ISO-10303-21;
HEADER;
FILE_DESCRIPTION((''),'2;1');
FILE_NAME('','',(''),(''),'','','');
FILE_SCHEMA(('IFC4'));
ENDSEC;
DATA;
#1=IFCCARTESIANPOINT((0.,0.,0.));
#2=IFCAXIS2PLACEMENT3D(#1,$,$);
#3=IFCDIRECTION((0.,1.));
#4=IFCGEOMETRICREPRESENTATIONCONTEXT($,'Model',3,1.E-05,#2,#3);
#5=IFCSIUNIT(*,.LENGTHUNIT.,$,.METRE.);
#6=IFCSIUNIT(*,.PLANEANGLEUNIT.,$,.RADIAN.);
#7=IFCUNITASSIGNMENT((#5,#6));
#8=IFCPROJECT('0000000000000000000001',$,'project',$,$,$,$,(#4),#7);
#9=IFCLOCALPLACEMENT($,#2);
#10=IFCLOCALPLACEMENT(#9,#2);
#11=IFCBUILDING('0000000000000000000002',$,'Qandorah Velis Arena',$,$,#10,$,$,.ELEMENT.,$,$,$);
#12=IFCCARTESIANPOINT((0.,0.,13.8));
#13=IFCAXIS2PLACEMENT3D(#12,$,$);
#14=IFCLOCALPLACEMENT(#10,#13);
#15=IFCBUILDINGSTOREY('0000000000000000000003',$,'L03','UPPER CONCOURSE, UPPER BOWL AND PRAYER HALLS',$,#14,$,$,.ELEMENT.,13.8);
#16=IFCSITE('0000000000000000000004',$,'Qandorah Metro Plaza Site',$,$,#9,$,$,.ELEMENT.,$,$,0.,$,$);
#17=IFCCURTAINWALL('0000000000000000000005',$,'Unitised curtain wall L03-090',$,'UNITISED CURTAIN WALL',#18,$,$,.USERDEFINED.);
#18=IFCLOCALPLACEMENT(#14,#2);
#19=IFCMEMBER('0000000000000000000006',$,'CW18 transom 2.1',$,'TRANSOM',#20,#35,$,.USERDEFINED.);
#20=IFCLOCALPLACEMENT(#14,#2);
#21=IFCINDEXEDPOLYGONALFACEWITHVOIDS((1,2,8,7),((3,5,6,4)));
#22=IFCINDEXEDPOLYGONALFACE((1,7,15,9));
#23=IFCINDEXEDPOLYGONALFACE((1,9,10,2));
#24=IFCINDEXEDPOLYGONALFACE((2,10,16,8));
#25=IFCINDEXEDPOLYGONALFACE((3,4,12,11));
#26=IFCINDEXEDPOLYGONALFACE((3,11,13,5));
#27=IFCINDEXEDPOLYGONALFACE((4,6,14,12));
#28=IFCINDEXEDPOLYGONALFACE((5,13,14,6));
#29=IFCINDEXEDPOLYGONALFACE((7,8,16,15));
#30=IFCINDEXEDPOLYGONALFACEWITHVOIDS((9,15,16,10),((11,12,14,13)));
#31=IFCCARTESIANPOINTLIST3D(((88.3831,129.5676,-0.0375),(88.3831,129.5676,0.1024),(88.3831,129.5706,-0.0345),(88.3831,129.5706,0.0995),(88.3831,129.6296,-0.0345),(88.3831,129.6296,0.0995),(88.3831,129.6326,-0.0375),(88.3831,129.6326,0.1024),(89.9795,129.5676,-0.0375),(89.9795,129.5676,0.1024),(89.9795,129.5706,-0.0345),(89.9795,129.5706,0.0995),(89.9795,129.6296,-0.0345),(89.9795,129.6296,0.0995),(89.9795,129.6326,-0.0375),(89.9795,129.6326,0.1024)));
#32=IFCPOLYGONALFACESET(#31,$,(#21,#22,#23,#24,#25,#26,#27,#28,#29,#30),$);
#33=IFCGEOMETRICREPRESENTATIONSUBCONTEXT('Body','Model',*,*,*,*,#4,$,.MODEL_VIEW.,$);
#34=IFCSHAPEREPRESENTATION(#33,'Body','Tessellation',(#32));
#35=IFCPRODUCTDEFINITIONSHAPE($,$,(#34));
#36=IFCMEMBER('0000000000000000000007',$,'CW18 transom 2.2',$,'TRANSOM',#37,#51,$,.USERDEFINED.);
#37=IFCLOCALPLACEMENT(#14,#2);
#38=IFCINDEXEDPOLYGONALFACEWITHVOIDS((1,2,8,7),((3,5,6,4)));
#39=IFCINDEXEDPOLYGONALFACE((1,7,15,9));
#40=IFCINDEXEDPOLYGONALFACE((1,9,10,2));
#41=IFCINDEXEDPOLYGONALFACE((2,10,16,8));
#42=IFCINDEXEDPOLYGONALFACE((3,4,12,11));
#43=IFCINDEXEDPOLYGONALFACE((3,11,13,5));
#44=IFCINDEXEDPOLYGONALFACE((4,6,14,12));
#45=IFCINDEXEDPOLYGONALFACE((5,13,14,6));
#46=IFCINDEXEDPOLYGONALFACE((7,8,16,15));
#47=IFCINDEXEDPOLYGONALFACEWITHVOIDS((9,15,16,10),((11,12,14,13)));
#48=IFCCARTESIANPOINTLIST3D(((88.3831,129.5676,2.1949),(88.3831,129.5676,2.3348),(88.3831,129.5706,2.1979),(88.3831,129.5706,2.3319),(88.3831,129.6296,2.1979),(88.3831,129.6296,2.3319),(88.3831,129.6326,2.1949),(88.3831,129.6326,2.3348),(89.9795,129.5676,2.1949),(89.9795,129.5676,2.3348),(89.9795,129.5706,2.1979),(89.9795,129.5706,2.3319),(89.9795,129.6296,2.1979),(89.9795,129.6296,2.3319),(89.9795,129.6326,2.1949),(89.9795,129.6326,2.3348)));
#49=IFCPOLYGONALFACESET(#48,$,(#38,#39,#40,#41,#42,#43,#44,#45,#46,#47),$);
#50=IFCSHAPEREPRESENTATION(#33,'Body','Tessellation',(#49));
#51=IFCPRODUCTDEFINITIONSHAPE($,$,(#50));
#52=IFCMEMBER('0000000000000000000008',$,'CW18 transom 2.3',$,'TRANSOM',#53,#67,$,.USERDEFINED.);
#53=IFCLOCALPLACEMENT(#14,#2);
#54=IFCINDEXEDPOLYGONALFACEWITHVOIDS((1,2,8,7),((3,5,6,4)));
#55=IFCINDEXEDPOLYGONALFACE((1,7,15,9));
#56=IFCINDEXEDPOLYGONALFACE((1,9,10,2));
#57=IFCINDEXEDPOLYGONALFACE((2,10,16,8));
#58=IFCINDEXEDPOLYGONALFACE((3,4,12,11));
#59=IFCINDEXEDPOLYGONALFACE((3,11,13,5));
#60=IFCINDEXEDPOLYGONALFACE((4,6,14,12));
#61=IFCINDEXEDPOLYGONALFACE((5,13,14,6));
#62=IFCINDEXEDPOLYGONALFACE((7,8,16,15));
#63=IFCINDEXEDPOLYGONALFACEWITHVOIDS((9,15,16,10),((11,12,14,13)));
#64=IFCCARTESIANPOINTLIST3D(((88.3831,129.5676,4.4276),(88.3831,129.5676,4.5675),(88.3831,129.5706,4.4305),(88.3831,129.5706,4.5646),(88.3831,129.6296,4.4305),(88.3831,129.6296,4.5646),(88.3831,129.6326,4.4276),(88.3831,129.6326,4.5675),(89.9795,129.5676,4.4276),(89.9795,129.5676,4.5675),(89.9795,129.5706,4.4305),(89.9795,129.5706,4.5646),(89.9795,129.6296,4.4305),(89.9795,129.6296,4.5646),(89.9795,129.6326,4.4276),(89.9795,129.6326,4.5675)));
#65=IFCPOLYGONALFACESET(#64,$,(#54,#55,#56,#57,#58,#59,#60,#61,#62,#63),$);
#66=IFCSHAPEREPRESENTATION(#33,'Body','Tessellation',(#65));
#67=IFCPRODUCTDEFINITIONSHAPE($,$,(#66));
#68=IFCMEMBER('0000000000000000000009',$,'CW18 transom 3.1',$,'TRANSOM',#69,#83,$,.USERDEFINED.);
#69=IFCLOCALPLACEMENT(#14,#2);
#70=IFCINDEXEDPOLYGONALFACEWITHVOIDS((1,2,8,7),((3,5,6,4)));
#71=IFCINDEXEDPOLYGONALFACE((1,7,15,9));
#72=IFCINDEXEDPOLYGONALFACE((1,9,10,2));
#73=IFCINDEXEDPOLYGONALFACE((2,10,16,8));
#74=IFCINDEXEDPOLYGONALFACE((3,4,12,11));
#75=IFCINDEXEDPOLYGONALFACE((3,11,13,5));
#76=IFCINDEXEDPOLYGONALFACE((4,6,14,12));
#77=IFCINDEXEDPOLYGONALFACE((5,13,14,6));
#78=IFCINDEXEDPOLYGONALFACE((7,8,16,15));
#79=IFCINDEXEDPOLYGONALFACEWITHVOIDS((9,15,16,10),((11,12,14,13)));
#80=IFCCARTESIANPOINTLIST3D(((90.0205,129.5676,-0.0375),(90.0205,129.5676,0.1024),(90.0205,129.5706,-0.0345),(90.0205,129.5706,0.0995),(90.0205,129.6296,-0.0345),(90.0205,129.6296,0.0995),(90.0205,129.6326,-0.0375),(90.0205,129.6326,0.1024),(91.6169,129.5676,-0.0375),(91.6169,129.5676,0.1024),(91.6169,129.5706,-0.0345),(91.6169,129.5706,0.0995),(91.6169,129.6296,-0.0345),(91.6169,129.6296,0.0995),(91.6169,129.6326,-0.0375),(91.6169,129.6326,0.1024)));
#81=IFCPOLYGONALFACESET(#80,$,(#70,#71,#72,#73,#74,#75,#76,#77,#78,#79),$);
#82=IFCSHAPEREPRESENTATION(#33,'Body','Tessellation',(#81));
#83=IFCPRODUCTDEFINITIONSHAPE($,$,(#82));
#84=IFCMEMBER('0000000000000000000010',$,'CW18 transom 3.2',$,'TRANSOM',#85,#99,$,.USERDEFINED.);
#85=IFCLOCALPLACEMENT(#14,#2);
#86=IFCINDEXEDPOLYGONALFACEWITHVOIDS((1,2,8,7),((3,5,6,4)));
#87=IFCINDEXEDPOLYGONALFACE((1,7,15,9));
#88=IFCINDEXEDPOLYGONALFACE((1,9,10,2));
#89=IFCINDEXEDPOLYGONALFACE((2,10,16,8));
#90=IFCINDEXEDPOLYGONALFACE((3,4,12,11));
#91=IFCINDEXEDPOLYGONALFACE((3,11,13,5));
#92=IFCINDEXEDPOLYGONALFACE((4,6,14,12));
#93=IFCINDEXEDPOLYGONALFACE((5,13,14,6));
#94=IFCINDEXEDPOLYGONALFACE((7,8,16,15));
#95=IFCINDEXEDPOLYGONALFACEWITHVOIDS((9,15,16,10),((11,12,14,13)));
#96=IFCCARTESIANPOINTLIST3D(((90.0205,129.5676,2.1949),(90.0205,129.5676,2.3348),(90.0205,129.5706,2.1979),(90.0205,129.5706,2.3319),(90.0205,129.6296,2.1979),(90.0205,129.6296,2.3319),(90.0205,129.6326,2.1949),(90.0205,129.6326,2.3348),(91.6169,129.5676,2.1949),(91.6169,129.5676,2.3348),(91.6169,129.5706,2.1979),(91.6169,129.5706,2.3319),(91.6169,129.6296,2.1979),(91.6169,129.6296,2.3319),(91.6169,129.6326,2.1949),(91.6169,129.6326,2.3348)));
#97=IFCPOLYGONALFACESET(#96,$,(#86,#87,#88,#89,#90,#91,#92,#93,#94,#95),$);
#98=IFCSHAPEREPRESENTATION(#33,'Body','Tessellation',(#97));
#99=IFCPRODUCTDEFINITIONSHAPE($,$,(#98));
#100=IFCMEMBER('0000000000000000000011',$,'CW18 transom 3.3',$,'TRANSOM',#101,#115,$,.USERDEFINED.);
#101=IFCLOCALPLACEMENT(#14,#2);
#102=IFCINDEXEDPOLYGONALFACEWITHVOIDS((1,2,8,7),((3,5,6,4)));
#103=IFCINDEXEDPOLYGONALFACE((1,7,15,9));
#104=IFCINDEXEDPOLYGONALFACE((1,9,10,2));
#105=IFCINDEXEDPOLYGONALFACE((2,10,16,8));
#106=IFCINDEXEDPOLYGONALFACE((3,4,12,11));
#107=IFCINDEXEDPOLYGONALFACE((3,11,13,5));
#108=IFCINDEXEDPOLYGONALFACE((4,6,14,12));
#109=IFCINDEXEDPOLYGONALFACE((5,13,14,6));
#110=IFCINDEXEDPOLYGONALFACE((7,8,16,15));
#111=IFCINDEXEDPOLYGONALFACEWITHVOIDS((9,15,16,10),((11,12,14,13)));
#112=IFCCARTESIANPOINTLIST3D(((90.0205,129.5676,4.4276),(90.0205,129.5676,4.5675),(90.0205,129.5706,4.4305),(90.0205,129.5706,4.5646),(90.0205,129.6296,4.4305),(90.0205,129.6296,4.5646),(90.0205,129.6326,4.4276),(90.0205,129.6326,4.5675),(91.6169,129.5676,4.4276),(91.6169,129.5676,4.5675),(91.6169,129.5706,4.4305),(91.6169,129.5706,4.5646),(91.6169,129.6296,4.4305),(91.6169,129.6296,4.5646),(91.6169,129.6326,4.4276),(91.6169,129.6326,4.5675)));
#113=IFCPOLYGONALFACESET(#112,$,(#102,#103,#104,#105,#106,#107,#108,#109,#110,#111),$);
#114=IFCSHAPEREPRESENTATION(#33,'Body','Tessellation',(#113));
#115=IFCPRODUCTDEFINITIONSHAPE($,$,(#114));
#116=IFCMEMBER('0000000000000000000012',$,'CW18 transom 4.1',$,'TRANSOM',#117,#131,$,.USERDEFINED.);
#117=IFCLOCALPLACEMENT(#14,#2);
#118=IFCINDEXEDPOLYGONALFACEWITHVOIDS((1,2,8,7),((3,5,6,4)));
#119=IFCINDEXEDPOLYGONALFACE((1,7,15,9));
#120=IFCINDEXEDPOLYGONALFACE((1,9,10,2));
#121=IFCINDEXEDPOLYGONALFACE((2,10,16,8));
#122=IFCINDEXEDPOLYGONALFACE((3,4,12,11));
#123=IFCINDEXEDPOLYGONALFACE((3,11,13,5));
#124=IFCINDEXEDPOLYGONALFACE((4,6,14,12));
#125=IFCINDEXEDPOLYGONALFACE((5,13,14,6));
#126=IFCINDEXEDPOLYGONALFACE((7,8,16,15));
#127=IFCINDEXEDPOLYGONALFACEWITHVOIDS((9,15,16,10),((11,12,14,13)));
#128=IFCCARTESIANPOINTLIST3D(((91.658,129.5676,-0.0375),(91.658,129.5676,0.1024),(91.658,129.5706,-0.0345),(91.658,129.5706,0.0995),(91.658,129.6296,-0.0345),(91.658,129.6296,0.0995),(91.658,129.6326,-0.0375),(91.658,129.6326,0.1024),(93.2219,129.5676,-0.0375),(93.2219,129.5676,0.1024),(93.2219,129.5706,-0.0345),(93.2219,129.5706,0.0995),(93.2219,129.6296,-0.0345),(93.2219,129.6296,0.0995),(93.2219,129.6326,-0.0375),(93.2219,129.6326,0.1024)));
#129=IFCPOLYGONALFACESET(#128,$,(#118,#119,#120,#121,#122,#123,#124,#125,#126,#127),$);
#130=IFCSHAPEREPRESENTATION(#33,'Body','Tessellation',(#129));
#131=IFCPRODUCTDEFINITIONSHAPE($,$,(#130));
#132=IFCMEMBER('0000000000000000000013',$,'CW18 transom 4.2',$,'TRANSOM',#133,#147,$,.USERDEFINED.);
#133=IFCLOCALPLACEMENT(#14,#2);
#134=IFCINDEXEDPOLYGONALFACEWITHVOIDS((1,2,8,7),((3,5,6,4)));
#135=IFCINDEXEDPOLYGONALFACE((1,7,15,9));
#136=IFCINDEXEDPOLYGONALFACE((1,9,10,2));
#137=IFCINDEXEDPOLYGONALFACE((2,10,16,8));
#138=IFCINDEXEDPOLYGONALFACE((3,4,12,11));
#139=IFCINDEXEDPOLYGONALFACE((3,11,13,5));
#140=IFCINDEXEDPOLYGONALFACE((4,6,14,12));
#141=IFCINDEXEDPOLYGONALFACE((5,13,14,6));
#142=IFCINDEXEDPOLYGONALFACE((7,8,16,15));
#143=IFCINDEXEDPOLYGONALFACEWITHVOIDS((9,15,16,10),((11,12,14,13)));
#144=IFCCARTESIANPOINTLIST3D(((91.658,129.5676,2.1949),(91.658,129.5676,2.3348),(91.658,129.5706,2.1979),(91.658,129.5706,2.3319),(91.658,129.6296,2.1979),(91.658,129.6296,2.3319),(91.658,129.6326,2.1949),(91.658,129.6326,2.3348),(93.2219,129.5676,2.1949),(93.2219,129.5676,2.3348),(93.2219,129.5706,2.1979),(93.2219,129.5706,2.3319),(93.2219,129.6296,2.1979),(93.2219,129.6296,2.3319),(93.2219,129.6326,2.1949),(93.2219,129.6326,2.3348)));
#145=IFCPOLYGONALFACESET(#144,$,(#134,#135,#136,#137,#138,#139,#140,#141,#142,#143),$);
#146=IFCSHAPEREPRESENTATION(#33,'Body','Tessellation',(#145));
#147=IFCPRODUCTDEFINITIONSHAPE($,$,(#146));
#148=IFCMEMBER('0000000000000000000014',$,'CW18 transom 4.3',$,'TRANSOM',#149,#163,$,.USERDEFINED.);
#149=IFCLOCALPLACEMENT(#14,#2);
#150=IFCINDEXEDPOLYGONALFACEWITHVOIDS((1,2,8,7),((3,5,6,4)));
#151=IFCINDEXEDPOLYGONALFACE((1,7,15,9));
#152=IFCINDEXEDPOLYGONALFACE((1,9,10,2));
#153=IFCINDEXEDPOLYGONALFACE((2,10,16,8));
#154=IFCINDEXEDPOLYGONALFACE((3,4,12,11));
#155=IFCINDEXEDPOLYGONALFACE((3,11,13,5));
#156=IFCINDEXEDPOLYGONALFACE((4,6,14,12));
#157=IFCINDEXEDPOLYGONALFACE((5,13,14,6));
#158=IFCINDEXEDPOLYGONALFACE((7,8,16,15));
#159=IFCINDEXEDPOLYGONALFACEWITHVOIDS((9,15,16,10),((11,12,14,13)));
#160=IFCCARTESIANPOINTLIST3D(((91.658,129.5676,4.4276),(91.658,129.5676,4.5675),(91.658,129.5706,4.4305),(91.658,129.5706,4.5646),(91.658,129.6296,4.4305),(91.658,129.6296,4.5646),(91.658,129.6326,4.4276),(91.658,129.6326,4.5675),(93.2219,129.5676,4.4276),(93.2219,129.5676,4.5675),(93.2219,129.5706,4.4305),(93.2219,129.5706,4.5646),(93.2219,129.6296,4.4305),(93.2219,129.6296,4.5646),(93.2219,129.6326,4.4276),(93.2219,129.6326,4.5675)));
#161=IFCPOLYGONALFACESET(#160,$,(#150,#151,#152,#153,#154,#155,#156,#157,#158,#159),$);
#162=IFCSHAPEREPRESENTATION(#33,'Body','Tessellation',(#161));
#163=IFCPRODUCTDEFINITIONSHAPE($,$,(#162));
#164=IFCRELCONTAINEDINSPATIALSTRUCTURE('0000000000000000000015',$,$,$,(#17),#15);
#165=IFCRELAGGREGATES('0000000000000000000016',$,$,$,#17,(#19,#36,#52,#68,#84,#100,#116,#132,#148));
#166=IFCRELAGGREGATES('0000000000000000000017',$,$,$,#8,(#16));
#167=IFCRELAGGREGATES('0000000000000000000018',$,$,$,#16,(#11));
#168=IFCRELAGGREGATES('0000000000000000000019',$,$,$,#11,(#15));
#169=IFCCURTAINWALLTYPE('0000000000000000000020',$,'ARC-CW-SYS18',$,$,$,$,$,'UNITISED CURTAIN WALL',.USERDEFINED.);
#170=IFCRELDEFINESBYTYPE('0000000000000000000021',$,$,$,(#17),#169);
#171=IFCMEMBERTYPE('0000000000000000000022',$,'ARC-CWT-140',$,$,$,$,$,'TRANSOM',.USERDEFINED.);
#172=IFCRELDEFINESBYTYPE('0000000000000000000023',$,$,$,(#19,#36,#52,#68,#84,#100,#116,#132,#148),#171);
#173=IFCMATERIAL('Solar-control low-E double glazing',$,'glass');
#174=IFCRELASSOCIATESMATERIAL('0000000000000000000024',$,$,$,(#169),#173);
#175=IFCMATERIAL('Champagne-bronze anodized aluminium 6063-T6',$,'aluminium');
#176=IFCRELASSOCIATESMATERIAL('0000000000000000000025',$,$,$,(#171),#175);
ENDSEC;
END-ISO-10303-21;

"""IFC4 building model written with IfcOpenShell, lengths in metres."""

from ifc_helpers import new_model, si_unit, direction, frame, origin, origin_2d, place, context, subcontext, project, spatial, hollow_rectangle, extrude, material, material_profile, profile_set, type_object, element, aggregate, save


model = new_model("IFC4")

# Units and contexts
model_context = context("Model", 3, precision=1e-05, world=origin(), true_north=direction((0.0, 1.0)))
body_context = subcontext(model_context, "Body", "Model", "MODEL_VIEW")
ifc_project = project(units=[si_unit("LENGTHUNIT", "METRE"), si_unit("PLANEANGLEUNIT", "RADIAN")], contexts=[model_context])

# Site, building, storey
site_placement = place(None, origin())
site = spatial("IfcSite", under=ifc_project, at=site_placement, Name="Qandorah Metro Plaza Site", CompositionType="ELEMENT", RefElevation=0.0)
building_placement = place(site_placement, origin())
building = spatial("IfcBuilding", under=site, at=building_placement, Name="Qandorah Velis Arena", CompositionType="ELEMENT")
storey_placement = place(building_placement, frame((0.0, 0.0, 13.8)))
storey = spatial("IfcBuildingStorey", under=building, at=storey_placement, Name="L03", Description="UPPER CONCOURSE, UPPER BOWL AND PRAYER HALLS", CompositionType="ELEMENT", Elevation=13.8)

# Curtain wall, members
ifc_material_1 = material(Name="Solar-control low-E double glazing", Category="glass")
curtain_wall_type = type_object("IfcCurtainWallType", Name="ARC-CW-SYS18", ElementType="UNITISED CURTAIN WALL", PredefinedType="USERDEFINED", material=ifc_material_1)
curtain_wall_placement = place(storey_placement, origin())
curtain_wall = element("IfcCurtainWall", 1, at=curtain_wall_placement, inside=storey, type_object=curtain_wall_type, Name="Unitised curtain wall L03-090", ObjectType="UNITISED CURTAIN WALL", PredefinedType="USERDEFINED")
ifc_material_2 = material(Name="Champagne-bronze anodized aluminium 6063-T6", Category="aluminium")
ifc_material_profile_1 = material_profile(ifc_material_2, hollow_rectangle(XDim=0.0649, YDim=0.1399, WallThickness=0.0029, at=origin_2d()), Name="ALU TRANSOM 65x140")
ifc_profile_set_1 = profile_set([ifc_material_profile_1], Name="Champagne-bronze anodized aluminium 6063-T6")
member_type_1 = type_object("IfcMemberType", Name="ARC-CWT-140", ElementType="TRANSOM", PredefinedType="USERDEFINED", material=ifc_profile_set_1)
member_1_placement = place(storey_placement, frame((88.3831, 129.6001, 0.0325), z_axis=(1.0, 0.0, 0.0), x_axis=(0.0, 1.0, 0.0)))
member_1 = element("IfcMember", 2, at=member_1_placement, type_object=member_type_1, Name="CW18 transom 2.1", ObjectType="TRANSOM", PredefinedType="USERDEFINED", context=body_context, shape_type="SweptSolid", body=[
    extrude(hollow_rectangle(XDim=0.0649, YDim=0.1399, WallThickness=0.0029, at=origin_2d()), origin(), (0.0, 0.0, 1.0), 1.5964),
])
member_2_placement = place(storey_placement, frame((88.3831, 129.6001, 2.2649), z_axis=(1.0, 0.0, 0.0), x_axis=(0.0, 1.0, 0.0)))
member_2 = element("IfcMember", 3, at=member_2_placement, type_object=member_type_1, Name="CW18 transom 2.2", ObjectType="TRANSOM", PredefinedType="USERDEFINED", context=body_context, shape_type="SweptSolid", body=[
    extrude(hollow_rectangle(XDim=0.0649, YDim=0.1399, WallThickness=0.0029, at=origin_2d()), origin(), (0.0, 0.0, 1.0), 1.5964),
])
member_3_placement = place(storey_placement, frame((88.3831, 129.6001, 4.4976), z_axis=(1.0, 0.0, 0.0), x_axis=(0.0, 1.0, 0.0)))
member_3 = element("IfcMember", 4, at=member_3_placement, type_object=member_type_1, Name="CW18 transom 2.3", ObjectType="TRANSOM", PredefinedType="USERDEFINED", context=body_context, shape_type="SweptSolid", body=[
    extrude(hollow_rectangle(XDim=0.0649, YDim=0.1399, WallThickness=0.0029, at=origin_2d()), origin(), (0.0, 0.0, 1.0), 1.5964),
])
member_4_placement = place(storey_placement, frame((90.0205, 129.6001, 0.0325), z_axis=(1.0, 0.0, 0.0), x_axis=(0.0, 1.0, 0.0)))
member_4 = element("IfcMember", 5, at=member_4_placement, type_object=member_type_1, Name="CW18 transom 3.1", ObjectType="TRANSOM", PredefinedType="USERDEFINED", context=body_context, shape_type="SweptSolid", body=[
    extrude(hollow_rectangle(XDim=0.0649, YDim=0.1399, WallThickness=0.0029, at=origin_2d()), origin(), (0.0, 0.0, 1.0), 1.5964),
])
member_5_placement = place(storey_placement, frame((90.0205, 129.6001, 2.2649), z_axis=(1.0, 0.0, 0.0), x_axis=(0.0, 1.0, 0.0)))
member_5 = element("IfcMember", 6, at=member_5_placement, type_object=member_type_1, Name="CW18 transom 3.2", ObjectType="TRANSOM", PredefinedType="USERDEFINED", context=body_context, shape_type="SweptSolid", body=[
    extrude(hollow_rectangle(XDim=0.0649, YDim=0.1399, WallThickness=0.0029, at=origin_2d()), origin(), (0.0, 0.0, 1.0), 1.5964),
])
member_6_placement = place(storey_placement, frame((90.0205, 129.6001, 4.4976), z_axis=(1.0, 0.0, 0.0), x_axis=(0.0, 1.0, 0.0)))
member_6 = element("IfcMember", 7, at=member_6_placement, type_object=member_type_1, Name="CW18 transom 3.3", ObjectType="TRANSOM", PredefinedType="USERDEFINED", context=body_context, shape_type="SweptSolid", body=[
    extrude(hollow_rectangle(XDim=0.0649, YDim=0.1399, WallThickness=0.0029, at=origin_2d()), origin(), (0.0, 0.0, 1.0), 1.5964),
])
member_7_placement = place(storey_placement, frame((91.658, 129.6001, 0.0325), z_axis=(1.0, 0.0, 0.0), x_axis=(0.0, 1.0, 0.0)))
member_7 = element("IfcMember", 8, at=member_7_placement, type_object=member_type_1, Name="CW18 transom 4.1", ObjectType="TRANSOM", PredefinedType="USERDEFINED", context=body_context, shape_type="SweptSolid", body=[
    extrude(hollow_rectangle(XDim=0.0649, YDim=0.1399, WallThickness=0.0029, at=origin_2d()), origin(), (0.0, 0.0, 1.0), 1.564),
])
member_8_placement = place(storey_placement, frame((91.658, 129.6001, 2.2649), z_axis=(1.0, 0.0, 0.0), x_axis=(0.0, 1.0, 0.0)))
member_8 = element("IfcMember", 9, at=member_8_placement, type_object=member_type_1, Name="CW18 transom 4.2", ObjectType="TRANSOM", PredefinedType="USERDEFINED", context=body_context, shape_type="SweptSolid", body=[
    extrude(hollow_rectangle(XDim=0.0649, YDim=0.1399, WallThickness=0.0029, at=origin_2d()), origin(), (0.0, 0.0, 1.0), 1.564),
])
member_9_placement = place(storey_placement, frame((91.658, 129.6001, 4.4976), z_axis=(1.0, 0.0, 0.0), x_axis=(0.0, 1.0, 0.0)))
member_9 = element("IfcMember", 10, at=member_9_placement, type_object=member_type_1, Name="CW18 transom 4.3", ObjectType="TRANSOM", PredefinedType="USERDEFINED", context=body_context, shape_type="SweptSolid", body=[
    extrude(hollow_rectangle(XDim=0.0649, YDim=0.1399, WallThickness=0.0029, at=origin_2d()), origin(), (0.0, 0.0, 1.0), 1.564),
])

aggregate(curtain_wall, [member_1, member_2, member_3, member_4, member_5, member_6, member_7, member_8, member_9])

save(model, "model.ifc")
